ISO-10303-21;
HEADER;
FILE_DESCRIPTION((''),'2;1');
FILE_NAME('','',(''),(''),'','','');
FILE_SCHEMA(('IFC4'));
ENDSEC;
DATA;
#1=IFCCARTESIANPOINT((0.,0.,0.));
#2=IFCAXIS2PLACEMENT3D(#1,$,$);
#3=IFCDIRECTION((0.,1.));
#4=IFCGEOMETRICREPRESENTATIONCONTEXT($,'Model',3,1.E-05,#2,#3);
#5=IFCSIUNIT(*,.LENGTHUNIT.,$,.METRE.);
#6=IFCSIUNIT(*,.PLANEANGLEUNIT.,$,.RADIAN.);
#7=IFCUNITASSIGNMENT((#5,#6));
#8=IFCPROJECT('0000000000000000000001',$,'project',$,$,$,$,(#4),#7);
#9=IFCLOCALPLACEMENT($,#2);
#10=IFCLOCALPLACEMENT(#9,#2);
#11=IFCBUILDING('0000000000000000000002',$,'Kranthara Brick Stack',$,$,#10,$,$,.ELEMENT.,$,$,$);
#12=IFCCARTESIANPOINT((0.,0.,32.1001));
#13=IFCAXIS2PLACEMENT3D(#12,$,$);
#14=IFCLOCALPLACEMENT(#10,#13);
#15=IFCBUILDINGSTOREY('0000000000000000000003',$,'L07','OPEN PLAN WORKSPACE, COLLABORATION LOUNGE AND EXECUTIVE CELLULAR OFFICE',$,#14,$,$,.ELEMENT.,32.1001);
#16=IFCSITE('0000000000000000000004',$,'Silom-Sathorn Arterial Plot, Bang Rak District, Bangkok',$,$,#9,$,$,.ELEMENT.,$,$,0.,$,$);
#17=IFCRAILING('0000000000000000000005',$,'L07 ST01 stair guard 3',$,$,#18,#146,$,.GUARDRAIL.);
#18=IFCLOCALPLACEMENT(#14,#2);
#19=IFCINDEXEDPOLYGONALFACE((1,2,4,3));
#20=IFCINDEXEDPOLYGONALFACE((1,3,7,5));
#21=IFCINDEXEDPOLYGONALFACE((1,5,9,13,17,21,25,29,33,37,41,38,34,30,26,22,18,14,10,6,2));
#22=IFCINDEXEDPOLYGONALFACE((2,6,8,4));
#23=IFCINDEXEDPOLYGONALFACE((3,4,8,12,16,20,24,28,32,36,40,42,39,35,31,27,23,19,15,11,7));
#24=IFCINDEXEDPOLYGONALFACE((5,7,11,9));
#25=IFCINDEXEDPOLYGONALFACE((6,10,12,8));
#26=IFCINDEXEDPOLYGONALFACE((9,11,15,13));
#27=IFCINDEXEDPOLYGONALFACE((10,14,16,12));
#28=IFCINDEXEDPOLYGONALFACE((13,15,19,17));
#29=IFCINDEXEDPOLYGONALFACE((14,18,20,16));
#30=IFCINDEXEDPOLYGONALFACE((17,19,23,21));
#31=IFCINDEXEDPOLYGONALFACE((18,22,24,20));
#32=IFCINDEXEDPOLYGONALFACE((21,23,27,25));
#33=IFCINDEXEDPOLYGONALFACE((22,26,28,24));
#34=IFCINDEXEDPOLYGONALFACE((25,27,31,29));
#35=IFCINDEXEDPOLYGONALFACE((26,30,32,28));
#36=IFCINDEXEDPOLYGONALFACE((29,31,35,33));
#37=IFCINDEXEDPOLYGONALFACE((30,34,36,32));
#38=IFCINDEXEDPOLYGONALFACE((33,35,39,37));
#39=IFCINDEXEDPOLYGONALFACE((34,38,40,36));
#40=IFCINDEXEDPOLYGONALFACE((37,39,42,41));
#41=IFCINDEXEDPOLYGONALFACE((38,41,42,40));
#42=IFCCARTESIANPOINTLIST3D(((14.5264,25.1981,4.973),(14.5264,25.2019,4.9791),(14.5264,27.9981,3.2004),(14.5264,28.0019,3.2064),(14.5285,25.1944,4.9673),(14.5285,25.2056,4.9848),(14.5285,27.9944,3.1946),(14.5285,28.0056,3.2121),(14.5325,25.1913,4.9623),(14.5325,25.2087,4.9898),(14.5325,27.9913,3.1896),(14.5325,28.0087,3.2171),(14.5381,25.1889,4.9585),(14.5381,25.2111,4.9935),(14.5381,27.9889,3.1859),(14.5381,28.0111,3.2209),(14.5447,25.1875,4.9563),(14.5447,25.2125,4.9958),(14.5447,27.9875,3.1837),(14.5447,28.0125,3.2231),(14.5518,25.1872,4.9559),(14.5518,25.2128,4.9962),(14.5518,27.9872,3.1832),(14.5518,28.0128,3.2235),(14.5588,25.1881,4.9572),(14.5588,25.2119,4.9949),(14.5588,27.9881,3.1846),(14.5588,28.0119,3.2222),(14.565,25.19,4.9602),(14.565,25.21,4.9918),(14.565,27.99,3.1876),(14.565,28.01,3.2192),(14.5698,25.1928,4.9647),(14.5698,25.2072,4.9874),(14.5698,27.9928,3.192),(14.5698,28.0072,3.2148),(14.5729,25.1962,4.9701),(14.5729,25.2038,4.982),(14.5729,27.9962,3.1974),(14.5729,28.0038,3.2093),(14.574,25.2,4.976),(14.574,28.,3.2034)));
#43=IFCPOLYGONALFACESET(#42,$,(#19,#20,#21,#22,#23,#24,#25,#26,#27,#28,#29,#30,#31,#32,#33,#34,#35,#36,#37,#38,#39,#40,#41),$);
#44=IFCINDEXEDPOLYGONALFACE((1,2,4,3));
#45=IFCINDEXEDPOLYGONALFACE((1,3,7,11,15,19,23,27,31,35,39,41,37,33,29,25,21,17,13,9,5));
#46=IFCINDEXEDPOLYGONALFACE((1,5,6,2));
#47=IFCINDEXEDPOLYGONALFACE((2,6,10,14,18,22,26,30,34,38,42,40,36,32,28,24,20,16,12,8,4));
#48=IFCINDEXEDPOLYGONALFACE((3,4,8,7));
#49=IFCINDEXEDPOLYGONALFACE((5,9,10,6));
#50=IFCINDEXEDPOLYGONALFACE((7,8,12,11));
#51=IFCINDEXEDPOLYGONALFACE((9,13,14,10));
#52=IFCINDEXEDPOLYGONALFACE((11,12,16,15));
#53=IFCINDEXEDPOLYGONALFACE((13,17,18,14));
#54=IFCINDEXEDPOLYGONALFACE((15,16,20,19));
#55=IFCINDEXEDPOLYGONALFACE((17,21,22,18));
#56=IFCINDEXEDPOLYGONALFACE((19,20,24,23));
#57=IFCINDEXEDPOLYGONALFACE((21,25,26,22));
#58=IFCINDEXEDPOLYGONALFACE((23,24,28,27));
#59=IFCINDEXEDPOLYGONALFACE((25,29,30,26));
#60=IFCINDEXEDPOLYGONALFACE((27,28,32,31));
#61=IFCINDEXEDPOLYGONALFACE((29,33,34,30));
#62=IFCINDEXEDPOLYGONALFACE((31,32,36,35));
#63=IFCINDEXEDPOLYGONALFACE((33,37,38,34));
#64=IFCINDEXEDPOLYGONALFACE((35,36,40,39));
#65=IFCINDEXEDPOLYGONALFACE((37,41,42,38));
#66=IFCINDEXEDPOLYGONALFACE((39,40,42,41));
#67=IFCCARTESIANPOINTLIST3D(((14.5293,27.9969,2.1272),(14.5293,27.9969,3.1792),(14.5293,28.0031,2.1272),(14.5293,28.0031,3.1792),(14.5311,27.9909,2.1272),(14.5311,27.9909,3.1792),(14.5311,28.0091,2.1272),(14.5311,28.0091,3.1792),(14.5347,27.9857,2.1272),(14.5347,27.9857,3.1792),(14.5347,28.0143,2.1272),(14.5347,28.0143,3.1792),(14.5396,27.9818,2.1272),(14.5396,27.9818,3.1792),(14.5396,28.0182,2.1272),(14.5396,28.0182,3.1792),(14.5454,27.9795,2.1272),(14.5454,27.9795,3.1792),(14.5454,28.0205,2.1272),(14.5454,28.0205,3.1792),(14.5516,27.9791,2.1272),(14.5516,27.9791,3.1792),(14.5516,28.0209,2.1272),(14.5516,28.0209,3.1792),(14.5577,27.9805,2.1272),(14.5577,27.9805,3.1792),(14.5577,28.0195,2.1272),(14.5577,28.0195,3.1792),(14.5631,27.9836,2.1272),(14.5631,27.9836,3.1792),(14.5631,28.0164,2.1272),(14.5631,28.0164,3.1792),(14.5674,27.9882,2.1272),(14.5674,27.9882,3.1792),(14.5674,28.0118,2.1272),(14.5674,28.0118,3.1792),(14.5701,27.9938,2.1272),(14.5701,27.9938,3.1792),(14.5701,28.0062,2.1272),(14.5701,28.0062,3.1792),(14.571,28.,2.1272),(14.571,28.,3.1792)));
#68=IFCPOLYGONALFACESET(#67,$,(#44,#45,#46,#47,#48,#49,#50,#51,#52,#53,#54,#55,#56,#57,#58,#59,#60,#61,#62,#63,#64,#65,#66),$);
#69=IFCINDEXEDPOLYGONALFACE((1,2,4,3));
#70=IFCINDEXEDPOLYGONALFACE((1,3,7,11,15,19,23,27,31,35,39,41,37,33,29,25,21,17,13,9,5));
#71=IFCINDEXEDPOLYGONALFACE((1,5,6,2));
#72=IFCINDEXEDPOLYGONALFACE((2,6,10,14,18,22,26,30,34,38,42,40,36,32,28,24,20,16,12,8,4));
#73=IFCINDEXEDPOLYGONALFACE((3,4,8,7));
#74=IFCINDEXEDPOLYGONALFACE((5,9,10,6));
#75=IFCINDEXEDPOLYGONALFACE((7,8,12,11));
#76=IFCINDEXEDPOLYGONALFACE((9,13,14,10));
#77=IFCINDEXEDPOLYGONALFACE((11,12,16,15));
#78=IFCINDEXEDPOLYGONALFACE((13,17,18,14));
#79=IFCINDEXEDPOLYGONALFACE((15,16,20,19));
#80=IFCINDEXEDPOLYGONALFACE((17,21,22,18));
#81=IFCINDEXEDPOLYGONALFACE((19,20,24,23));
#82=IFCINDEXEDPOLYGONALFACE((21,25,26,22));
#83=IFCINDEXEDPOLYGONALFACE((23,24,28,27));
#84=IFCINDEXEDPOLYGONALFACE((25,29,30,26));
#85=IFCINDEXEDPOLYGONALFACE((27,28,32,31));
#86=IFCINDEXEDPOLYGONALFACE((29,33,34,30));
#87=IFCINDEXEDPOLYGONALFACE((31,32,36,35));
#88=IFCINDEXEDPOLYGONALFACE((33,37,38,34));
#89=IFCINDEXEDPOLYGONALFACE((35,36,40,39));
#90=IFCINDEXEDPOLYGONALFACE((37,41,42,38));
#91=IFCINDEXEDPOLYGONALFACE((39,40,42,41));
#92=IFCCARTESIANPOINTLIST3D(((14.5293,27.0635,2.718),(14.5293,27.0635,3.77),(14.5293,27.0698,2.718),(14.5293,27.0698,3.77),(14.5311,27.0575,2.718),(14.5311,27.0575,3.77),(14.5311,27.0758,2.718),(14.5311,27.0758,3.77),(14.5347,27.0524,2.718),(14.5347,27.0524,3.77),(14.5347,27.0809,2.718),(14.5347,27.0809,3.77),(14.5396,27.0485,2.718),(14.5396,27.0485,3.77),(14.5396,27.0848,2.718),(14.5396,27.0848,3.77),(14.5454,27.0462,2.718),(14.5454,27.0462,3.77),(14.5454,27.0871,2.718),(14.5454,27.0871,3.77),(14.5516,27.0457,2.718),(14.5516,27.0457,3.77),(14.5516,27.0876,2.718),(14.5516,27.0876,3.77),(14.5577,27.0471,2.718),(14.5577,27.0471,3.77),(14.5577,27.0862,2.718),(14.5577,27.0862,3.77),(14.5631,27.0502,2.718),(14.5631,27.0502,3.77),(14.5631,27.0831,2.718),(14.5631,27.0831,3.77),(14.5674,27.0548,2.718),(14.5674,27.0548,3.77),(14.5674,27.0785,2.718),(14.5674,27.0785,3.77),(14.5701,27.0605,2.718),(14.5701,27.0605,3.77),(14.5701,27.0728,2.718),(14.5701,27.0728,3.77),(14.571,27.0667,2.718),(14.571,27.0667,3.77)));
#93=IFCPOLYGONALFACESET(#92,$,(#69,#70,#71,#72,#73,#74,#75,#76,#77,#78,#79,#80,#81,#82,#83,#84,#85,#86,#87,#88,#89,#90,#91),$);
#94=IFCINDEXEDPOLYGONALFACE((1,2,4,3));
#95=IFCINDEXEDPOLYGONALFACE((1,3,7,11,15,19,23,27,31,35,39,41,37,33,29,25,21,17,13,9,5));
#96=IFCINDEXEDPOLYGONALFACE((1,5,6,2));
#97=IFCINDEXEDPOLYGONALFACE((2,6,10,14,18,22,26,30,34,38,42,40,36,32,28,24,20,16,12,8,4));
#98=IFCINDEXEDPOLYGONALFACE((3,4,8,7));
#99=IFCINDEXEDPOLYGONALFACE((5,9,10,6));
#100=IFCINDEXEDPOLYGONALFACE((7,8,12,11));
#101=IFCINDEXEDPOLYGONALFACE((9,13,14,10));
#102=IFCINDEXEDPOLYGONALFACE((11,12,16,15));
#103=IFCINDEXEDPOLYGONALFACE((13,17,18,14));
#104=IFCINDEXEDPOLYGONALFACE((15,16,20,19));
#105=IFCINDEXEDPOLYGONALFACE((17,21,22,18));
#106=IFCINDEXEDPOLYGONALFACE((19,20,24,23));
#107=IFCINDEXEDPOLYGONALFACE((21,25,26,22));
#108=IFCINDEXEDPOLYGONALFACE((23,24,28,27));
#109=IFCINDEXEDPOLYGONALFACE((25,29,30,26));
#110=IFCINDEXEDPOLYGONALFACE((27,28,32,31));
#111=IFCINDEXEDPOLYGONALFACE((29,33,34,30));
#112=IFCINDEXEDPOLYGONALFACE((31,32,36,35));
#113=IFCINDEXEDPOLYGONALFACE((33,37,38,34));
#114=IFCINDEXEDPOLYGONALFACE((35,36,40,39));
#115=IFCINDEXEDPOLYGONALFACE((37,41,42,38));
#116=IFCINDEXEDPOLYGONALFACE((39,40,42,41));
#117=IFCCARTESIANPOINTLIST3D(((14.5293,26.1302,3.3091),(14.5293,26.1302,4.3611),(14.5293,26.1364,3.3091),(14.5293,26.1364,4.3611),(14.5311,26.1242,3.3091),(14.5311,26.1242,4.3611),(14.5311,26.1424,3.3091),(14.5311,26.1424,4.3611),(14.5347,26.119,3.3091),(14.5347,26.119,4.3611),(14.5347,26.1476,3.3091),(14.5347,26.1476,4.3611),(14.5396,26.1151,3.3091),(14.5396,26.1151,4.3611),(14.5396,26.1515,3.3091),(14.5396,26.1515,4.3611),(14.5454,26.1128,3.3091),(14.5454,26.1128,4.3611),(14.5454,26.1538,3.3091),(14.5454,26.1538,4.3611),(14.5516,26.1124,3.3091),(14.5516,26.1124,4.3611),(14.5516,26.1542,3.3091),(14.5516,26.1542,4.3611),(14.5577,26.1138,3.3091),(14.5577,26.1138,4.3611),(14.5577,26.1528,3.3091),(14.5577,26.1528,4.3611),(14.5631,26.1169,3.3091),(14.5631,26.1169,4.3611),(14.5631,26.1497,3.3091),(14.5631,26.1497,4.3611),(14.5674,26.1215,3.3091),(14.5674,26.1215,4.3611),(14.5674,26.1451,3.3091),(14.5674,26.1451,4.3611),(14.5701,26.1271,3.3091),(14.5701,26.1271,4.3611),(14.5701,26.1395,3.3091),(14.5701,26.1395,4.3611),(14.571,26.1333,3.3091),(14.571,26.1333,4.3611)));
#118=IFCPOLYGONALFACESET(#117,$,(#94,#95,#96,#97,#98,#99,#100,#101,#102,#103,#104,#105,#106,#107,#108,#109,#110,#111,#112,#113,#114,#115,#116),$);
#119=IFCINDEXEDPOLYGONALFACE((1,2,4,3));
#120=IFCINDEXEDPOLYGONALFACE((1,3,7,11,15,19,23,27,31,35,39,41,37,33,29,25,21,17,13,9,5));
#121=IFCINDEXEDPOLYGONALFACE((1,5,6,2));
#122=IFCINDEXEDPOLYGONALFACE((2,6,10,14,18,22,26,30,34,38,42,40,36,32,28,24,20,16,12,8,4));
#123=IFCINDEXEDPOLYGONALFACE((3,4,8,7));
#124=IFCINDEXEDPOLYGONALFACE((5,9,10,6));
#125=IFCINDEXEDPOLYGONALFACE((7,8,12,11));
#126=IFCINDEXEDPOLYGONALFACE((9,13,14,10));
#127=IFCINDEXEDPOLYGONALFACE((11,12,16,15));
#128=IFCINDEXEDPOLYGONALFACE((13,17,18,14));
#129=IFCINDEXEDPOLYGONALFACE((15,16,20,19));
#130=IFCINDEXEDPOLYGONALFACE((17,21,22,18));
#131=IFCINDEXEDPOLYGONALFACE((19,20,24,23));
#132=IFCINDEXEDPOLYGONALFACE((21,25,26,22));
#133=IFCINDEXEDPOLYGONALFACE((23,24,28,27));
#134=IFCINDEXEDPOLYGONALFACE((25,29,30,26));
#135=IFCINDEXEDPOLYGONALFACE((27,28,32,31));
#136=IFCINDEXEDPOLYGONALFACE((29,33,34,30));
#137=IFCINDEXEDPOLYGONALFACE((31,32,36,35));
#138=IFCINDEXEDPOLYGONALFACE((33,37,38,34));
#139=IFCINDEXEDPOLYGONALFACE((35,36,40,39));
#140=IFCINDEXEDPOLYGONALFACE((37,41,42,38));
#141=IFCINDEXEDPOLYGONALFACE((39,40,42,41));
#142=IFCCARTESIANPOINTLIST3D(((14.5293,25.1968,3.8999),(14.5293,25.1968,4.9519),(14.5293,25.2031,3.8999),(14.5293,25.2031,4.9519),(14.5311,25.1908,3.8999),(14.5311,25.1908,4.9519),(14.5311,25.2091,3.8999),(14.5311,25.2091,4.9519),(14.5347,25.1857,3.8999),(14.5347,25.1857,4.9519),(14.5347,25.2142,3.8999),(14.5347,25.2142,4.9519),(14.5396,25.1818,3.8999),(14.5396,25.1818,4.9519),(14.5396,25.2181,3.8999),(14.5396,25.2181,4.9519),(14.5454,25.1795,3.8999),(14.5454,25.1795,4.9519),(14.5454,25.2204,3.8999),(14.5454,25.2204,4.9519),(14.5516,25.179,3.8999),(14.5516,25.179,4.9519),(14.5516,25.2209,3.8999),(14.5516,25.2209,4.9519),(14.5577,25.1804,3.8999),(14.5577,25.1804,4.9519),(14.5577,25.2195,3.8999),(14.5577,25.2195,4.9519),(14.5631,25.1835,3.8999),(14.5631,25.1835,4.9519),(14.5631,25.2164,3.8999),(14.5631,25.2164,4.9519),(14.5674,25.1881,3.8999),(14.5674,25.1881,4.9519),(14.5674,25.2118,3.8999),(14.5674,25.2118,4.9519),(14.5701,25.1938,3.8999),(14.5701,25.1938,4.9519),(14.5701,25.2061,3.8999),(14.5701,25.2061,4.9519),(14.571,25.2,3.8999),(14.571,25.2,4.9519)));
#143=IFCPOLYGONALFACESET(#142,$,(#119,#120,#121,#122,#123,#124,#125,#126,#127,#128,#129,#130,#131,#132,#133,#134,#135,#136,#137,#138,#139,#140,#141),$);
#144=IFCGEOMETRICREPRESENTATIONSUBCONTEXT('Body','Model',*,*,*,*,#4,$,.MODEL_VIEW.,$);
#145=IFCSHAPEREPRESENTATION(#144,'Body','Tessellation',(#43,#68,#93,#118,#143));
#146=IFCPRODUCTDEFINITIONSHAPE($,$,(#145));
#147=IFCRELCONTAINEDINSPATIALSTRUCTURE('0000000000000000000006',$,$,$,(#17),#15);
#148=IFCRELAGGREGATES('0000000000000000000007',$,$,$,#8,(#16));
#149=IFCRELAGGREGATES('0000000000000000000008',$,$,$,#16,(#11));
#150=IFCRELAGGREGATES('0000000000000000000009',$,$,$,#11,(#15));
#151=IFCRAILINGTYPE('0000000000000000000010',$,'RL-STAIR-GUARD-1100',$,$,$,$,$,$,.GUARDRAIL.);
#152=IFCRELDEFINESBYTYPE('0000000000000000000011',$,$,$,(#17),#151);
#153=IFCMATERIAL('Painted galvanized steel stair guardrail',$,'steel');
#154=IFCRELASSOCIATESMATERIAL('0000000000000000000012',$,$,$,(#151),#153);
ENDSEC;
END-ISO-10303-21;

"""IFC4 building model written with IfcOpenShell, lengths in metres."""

from ifc_helpers import new_model, si_unit, direction, frame, origin, origin_2d, place, context, subcontext, project, spatial, circle, extrude, material, type_object, element, save


model = new_model("IFC4")

# Units and contexts
model_context = context("Model", 3, precision=1e-05, world=origin(), true_north=direction((0.0, 1.0)))
body_context = subcontext(model_context, "Body", "Model", "MODEL_VIEW")
ifc_project = project(units=[si_unit("LENGTHUNIT", "METRE"), si_unit("PLANEANGLEUNIT", "RADIAN")], contexts=[model_context])

# Site, building, storey
site_placement = place(None, origin())
site = spatial("IfcSite", under=ifc_project, at=site_placement, Name="Silom-Sathorn Arterial Plot, Bang Rak District, Bangkok", CompositionType="ELEMENT", RefElevation=0.0)
building_placement = place(site_placement, origin())
building = spatial("IfcBuilding", under=site, at=building_placement, Name="Kranthara Brick Stack", CompositionType="ELEMENT")
storey_placement = place(building_placement, frame((0.0, 0.0, 32.1001)))
storey = spatial("IfcBuildingStorey", under=building, at=storey_placement, Name="L07", Description="OPEN PLAN WORKSPACE, COLLABORATION LOUNGE AND EXECUTIVE CELLULAR OFFICE", CompositionType="ELEMENT", Elevation=32.1001)

# Railing
ifc_material_1 = material(Name="Painted galvanized steel stair guardrail", Category="steel")
railing_type_1 = type_object("IfcRailingType", Name="RL-STAIR-GUARD-1100", PredefinedType="GUARDRAIL", material=ifc_material_1)
railing_1_placement = place(storey_placement, frame((14.55, 28.0, 2.1272)))
element("IfcRailing", 1, at=railing_1_placement, inside=storey, type_object=railing_type_1, Name="L07 ST01 stair guard 3", PredefinedType="GUARDRAIL", context=body_context, shape_type="SweptSolid", body=[
    extrude(circle(Radius=0.0239, at=origin_2d()), frame((0.0, 0.0, 1.0762), z_axis=(0.0, -0.844909, 0.53491), x_axis=(1.0, 0.0, 0.0)), (0.0, 0.0, 1.0), 3.314),
    extrude(circle(Radius=0.021, at=origin_2d()), origin(), (0.0, 0.0, 1.0), 1.052),
    extrude(circle(Radius=0.021, at=origin_2d()), frame((0.0, -0.9333, 0.5908)), (0.0, 0.0, 1.0), 1.052),
    extrude(circle(Radius=0.021, at=origin_2d()), frame((0.0, -1.8667, 1.1819)), (0.0, 0.0, 1.0), 1.052),
    extrude(circle(Radius=0.021, at=origin_2d()), frame((0.0, -2.8, 1.7727)), (0.0, 0.0, 1.0), 1.052),
])

save(model, "model.ifc")
